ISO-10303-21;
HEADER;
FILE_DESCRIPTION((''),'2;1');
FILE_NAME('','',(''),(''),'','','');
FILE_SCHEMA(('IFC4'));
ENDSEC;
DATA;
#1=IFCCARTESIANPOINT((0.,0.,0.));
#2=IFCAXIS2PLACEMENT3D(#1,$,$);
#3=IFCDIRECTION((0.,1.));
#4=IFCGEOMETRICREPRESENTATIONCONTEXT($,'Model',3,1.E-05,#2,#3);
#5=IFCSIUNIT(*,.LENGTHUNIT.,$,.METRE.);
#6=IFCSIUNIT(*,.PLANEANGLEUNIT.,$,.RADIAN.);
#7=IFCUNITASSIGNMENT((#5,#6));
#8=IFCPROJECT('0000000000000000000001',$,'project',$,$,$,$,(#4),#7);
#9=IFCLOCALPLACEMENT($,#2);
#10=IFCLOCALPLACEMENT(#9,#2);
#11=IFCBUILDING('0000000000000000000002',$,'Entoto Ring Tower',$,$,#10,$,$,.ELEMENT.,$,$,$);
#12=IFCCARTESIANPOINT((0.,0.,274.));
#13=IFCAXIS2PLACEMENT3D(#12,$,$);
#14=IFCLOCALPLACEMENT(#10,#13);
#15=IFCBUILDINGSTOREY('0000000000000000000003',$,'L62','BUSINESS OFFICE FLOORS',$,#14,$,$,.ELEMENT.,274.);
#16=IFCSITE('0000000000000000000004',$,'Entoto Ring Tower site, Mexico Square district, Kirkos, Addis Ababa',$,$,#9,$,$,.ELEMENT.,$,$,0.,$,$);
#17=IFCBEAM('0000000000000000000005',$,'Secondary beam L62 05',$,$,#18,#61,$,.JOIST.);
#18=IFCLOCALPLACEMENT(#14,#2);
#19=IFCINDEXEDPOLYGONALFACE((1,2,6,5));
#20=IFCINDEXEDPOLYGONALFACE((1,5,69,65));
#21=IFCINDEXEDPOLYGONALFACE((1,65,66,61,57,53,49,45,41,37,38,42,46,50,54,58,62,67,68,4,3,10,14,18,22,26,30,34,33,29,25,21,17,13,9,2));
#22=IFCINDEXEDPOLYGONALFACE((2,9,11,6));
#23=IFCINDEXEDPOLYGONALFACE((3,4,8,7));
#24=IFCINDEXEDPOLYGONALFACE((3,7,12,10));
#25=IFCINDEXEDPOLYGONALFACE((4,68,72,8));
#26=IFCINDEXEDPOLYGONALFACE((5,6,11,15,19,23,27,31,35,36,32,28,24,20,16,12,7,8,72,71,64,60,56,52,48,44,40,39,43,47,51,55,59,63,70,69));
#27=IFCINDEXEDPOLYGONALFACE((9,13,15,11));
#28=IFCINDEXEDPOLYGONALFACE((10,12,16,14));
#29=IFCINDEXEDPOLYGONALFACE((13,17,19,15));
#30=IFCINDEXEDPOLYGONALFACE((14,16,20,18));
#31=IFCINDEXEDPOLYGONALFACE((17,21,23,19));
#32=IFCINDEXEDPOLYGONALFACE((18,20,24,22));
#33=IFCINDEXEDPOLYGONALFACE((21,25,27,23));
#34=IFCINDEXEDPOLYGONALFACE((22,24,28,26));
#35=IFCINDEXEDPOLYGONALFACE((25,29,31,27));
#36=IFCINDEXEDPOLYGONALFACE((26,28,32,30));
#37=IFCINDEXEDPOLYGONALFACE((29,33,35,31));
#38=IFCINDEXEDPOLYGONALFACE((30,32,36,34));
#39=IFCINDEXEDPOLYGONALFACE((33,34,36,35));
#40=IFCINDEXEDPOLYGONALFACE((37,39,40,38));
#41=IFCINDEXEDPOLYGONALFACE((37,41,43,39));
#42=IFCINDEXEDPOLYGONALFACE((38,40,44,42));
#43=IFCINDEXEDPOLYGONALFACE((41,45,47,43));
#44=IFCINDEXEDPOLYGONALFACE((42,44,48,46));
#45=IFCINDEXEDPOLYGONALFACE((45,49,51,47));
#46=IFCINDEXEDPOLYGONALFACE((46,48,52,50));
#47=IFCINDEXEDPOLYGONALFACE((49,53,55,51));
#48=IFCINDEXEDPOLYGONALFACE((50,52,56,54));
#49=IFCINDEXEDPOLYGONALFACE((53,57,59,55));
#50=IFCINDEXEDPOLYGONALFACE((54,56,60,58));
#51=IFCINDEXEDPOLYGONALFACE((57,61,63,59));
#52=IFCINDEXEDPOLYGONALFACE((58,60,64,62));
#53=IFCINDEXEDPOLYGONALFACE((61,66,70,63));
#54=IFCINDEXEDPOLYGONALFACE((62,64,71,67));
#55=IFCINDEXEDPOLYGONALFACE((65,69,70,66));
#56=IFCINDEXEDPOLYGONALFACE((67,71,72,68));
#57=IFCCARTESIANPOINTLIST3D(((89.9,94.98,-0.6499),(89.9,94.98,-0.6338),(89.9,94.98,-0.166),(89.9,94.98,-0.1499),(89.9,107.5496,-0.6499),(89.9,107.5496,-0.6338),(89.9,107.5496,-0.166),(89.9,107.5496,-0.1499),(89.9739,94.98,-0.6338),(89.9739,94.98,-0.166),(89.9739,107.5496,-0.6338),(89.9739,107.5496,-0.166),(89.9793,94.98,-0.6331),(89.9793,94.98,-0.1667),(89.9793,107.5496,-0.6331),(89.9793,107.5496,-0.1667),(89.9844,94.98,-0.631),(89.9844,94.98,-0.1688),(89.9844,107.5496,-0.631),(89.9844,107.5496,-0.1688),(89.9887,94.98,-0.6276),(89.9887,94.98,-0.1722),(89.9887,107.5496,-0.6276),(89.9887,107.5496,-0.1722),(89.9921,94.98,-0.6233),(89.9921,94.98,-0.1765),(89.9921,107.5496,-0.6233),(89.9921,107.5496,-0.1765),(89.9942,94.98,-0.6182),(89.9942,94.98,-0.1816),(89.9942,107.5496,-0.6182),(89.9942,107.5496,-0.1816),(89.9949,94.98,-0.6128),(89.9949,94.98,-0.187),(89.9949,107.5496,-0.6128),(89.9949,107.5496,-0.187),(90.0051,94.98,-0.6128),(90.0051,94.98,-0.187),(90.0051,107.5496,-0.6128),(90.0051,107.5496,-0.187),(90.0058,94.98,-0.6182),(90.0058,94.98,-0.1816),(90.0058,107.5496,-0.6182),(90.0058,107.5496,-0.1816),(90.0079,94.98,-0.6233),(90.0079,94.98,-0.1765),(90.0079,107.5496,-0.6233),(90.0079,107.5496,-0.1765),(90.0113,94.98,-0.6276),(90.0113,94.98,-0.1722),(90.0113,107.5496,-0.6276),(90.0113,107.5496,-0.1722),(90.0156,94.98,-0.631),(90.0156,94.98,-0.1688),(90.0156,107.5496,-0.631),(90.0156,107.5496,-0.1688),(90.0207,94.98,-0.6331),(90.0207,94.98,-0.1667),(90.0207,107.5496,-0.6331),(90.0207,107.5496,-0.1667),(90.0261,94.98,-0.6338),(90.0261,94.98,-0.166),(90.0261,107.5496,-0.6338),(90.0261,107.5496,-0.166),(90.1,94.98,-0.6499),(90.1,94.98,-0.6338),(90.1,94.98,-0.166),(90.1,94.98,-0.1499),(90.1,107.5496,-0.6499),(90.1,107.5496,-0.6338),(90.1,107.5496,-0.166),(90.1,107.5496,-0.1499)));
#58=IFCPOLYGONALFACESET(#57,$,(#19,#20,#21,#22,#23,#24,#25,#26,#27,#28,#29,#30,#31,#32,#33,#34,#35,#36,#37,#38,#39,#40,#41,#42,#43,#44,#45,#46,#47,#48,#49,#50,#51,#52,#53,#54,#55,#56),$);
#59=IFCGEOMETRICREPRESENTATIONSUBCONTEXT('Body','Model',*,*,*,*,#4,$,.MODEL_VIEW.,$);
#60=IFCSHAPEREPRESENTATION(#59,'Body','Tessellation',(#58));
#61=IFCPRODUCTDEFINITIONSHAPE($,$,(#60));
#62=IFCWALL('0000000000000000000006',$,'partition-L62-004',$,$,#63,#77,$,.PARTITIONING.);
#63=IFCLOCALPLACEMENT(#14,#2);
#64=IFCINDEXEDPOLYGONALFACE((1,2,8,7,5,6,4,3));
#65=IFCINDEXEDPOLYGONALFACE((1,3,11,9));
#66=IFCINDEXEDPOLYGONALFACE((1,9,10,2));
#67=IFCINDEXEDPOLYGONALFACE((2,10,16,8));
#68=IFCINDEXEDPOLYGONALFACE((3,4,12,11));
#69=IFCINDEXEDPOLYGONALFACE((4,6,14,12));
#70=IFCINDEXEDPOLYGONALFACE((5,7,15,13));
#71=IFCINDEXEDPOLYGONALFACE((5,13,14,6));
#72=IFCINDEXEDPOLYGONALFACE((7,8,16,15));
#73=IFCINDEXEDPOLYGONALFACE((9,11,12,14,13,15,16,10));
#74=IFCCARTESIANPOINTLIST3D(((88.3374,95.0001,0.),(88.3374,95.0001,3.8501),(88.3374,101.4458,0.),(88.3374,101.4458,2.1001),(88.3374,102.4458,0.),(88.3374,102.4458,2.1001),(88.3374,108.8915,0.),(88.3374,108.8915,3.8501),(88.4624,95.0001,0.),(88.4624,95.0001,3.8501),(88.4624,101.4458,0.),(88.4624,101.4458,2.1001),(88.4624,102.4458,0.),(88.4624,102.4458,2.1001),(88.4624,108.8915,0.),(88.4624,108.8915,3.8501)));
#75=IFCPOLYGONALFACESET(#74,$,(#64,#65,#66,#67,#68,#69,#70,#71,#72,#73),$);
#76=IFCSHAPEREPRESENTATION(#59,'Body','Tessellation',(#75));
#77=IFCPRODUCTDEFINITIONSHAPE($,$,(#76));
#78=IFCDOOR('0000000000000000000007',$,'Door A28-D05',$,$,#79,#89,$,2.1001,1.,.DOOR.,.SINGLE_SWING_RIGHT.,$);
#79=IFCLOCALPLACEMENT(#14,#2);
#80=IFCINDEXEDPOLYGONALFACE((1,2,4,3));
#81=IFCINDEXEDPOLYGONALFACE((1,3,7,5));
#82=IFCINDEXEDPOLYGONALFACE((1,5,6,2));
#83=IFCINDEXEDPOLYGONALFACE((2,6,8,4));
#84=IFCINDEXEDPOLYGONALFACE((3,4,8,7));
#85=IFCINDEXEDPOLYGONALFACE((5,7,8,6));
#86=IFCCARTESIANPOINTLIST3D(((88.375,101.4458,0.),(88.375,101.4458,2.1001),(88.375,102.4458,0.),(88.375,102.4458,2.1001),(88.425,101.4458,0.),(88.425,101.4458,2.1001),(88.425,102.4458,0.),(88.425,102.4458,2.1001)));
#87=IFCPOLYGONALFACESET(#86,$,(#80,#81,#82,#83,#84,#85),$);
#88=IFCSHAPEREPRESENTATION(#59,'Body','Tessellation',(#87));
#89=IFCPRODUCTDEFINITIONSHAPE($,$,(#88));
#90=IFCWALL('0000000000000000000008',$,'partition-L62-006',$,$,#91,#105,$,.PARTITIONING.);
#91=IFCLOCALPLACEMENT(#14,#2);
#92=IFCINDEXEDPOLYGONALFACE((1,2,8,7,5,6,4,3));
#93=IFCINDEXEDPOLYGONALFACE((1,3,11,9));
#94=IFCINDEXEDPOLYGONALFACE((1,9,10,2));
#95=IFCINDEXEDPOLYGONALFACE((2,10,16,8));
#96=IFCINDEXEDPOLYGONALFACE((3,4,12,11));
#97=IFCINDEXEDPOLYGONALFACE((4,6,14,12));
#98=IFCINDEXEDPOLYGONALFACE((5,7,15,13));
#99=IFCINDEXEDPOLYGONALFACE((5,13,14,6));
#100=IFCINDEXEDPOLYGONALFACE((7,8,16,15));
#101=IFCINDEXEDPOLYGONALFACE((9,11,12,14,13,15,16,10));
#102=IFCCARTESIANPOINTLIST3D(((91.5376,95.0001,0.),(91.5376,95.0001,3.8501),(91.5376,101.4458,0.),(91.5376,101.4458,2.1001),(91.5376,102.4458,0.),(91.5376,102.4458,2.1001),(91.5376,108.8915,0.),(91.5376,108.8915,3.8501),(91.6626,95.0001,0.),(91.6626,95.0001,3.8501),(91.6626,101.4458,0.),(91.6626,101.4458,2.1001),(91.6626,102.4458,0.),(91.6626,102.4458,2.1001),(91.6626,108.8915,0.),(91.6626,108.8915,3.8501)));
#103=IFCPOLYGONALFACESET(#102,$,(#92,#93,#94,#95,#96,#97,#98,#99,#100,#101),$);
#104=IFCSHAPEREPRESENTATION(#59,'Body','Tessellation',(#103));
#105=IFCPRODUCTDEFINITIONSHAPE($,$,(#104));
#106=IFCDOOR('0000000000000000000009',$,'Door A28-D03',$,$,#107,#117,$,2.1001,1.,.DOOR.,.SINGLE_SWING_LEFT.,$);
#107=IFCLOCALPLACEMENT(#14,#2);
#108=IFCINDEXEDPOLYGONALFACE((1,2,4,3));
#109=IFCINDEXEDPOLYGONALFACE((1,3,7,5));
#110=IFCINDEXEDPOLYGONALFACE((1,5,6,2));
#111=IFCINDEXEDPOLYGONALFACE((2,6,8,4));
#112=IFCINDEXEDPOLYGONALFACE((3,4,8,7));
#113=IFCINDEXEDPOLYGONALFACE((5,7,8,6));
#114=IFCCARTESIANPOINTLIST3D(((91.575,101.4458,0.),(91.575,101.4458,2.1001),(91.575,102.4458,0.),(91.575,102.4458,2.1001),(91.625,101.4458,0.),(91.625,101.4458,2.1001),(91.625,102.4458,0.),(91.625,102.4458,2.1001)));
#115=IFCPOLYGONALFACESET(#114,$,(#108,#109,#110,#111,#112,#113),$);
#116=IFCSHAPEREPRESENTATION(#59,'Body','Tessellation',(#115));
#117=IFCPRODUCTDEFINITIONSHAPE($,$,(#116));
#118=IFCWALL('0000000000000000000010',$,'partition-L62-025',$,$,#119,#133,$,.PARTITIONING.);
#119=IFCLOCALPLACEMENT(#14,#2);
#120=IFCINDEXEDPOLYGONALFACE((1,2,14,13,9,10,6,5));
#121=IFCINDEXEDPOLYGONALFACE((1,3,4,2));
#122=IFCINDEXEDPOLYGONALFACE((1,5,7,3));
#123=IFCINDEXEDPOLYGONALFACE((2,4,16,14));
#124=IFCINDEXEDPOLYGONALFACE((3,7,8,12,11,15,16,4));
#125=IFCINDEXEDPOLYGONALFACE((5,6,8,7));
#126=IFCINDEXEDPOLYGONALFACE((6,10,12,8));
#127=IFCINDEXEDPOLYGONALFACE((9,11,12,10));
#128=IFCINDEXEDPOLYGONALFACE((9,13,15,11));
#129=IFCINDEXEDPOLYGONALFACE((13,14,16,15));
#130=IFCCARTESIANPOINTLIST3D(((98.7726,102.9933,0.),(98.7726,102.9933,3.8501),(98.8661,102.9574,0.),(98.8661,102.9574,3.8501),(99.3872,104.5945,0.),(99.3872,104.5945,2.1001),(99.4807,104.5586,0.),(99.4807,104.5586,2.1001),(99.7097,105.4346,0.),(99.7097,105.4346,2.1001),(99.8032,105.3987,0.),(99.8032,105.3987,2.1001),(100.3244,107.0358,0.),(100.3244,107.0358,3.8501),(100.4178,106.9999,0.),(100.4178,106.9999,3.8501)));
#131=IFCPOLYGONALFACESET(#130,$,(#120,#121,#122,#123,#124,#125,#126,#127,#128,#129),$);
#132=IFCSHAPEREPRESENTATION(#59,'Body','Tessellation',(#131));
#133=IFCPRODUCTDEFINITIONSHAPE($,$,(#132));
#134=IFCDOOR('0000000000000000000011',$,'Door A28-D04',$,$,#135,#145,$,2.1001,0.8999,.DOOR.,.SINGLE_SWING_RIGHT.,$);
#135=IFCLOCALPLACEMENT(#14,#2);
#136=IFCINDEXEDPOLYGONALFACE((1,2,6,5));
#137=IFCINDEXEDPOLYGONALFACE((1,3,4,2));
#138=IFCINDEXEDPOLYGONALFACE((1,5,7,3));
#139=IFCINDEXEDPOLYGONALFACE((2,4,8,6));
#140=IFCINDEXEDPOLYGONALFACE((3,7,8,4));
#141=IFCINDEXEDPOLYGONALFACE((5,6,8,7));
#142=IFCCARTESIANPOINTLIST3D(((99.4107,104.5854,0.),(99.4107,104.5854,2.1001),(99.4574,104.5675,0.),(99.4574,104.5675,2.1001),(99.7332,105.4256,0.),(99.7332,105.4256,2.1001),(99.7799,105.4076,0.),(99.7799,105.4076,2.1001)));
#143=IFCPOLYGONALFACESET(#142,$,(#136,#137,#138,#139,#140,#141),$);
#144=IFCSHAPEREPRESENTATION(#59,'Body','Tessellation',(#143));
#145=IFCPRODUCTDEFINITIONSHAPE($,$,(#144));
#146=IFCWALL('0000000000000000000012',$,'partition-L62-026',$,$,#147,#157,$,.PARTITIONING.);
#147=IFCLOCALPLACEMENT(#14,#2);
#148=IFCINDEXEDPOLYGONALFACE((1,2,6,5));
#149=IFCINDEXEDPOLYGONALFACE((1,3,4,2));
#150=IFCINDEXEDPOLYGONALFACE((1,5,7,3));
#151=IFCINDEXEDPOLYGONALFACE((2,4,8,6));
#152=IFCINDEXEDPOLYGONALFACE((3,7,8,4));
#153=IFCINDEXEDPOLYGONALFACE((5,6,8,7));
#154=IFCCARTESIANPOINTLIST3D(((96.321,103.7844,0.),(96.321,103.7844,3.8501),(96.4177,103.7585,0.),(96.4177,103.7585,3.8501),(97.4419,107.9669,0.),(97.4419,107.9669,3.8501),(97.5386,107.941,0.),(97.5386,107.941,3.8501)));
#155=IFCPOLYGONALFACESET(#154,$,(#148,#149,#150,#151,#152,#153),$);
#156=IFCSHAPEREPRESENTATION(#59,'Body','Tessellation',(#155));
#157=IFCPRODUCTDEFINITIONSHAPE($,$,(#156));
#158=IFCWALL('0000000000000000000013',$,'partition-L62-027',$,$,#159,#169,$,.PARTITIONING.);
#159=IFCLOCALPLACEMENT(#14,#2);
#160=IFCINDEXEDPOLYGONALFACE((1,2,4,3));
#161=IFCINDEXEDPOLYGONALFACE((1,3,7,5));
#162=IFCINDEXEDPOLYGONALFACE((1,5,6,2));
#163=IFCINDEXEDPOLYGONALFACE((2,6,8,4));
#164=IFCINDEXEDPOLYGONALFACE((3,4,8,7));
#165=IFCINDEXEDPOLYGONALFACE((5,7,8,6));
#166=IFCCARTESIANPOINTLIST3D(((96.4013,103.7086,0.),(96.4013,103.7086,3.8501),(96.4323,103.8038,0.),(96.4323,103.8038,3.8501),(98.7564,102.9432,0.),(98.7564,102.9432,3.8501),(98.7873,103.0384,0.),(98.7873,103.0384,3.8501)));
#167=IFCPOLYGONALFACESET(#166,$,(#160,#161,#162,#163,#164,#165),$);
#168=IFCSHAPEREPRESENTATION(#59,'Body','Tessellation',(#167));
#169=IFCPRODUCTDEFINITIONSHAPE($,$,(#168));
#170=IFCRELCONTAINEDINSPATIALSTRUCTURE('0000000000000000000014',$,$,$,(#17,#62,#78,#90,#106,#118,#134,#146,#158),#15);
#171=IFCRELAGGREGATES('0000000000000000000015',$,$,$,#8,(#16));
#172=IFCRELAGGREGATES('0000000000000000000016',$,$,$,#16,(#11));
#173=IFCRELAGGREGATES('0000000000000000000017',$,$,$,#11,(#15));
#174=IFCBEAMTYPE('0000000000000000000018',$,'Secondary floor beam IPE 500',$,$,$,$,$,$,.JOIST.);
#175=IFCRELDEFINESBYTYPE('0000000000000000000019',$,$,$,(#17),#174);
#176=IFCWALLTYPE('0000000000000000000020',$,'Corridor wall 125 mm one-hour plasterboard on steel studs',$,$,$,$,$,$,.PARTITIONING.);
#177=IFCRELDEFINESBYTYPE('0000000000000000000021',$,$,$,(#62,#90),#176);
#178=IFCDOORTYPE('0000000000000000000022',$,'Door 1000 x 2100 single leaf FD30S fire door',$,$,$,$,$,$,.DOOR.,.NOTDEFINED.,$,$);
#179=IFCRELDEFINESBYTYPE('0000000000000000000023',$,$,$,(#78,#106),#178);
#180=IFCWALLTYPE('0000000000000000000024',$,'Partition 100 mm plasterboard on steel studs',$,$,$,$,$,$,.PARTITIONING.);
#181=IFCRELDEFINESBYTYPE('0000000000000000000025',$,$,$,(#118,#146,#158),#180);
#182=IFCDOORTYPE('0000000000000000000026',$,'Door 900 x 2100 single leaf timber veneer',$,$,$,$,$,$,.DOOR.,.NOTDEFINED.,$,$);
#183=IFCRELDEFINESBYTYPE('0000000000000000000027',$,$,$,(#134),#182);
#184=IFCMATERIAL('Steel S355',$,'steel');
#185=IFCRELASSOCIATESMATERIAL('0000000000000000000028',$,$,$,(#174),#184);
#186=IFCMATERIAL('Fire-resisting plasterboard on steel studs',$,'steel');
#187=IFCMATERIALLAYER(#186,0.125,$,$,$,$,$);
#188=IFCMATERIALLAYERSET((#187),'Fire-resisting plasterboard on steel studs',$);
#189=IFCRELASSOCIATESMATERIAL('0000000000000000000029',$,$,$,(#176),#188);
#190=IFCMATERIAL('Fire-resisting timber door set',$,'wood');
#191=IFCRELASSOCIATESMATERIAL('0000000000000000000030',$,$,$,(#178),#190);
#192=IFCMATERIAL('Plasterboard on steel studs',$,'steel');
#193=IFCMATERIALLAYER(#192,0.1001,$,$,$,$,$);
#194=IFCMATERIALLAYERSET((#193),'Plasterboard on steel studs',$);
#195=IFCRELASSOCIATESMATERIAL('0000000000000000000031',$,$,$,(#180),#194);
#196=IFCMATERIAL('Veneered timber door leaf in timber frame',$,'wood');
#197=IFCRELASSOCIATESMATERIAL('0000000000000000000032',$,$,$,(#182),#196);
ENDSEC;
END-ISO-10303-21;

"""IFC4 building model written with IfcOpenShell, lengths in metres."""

from ifc_helpers import new_model, si_unit, direction, frame, frame_2d, origin, origin_2d, place, context, subcontext, project, spatial, rectangle, i_section, extrude, material, layer, layer_set, material_profile, profile_set, type_object, element, fill, save


model = new_model("IFC4")

# Units and contexts
model_context = context("Model", 3, precision=1e-05, world=origin(), true_north=direction((0.0, 1.0)))
body_context = subcontext(model_context, "Body", "Model", "MODEL_VIEW")
ifc_project = project(units=[si_unit("LENGTHUNIT", "METRE"), si_unit("PLANEANGLEUNIT", "RADIAN")], contexts=[model_context])

# Site, building, storey
site_placement = place(None, origin())
site = spatial("IfcSite", under=ifc_project, at=site_placement, Name="Entoto Ring Tower site, Mexico Square district, Kirkos, Addis Ababa", CompositionType="ELEMENT", RefElevation=0.0)
building_placement = place(site_placement, origin())
building = spatial("IfcBuilding", under=site, at=building_placement, Name="Entoto Ring Tower", CompositionType="ELEMENT")
storey_placement = place(building_placement, frame((0.0, 0.0, 274.0)))
storey = spatial("IfcBuildingStorey", under=building, at=storey_placement, Name="L62", Description="BUSINESS OFFICE FLOORS", CompositionType="ELEMENT", Elevation=274.0)

# Beam
ifc_material_1 = material(Name="Steel S355", Category="steel")
ifc_material_profile_1 = material_profile(ifc_material_1, i_section(OverallWidth=0.2, OverallDepth=0.5, WebThickness=0.0103, FlangeThickness=0.0161, FilletRadius=0.021, at=origin_2d()), Name="IPE 500")
ifc_profile_set_1 = profile_set([ifc_material_profile_1], Name="Steel S355")
beam_type_1 = type_object("IfcBeamType", Name="Secondary floor beam IPE 500", PredefinedType="JOIST", material=ifc_profile_set_1)
beam_1_placement = place(storey_placement, frame((90.0, 94.98, -0.3999), z_axis=(0.0, 1.0, 0.0), x_axis=(-1.0, 0.0, 0.0)))
element("IfcBeam", 1, at=beam_1_placement, inside=storey, type_object=beam_type_1, Name="Secondary beam L62 05", PredefinedType="JOIST", context=body_context, shape_type="SweptSolid", body=[
    extrude(i_section(OverallWidth=0.2, OverallDepth=0.5, WebThickness=0.0103, FlangeThickness=0.0161, FilletRadius=0.021, at=origin_2d()), origin(), (0.0, 0.0, 1.0), 12.5696),
])

# Walls, openings, doors
ifc_material_2 = material(Name="Fire-resisting plasterboard on steel studs", Category="steel")
ifc_layer_1 = layer(ifc_material_2, 0.125)
ifc_layer_set_1 = layer_set([ifc_layer_1], Name="Fire-resisting plasterboard on steel studs")
wall_type_1 = type_object("IfcWallType", Name="Corridor wall 125 mm one-hour plasterboard on steel studs", PredefinedType="PARTITIONING", material=ifc_layer_set_1)
wall_1_placement = place(storey_placement, frame((88.3999, 95.0, 0.0), z_axis=(0.0, 0.0, 1.0), x_axis=(0.0, 1.0, 0.0)))
wall_1 = element("IfcWall", 2, at=wall_1_placement, inside=storey, type_object=wall_type_1, Name="partition-L62-004", PredefinedType="PARTITIONING", context=body_context, shape_type="SweptSolid", body=[
    extrude(rectangle(XDim=13.8914, YDim=0.125, at=frame_2d((6.9458, 0.0))), origin(), (0.0, 0.0, 1.0), 3.8501),
])
opening_1_placement = place(wall_1_placement, frame((6.4458, 0.0, 0.0)))
opening_1 = element("IfcOpeningElement", 3, at=opening_1_placement, cuts=wall_1, PredefinedType="OPENING", context=body_context, shape_type="SweptSolid", body=[
    extrude(rectangle(XDim=1.0, YDim=2.1001, at=frame_2d((0.5, 1.05))), frame((0.0, 0.0725, 0.0), z_axis=(0.0, -1.0, 0.0), x_axis=(1.0, 0.0, 0.0)), (0.0, 0.0, 1.0), 0.145),
])
ifc_material_3 = material(Name="Fire-resisting timber door set", Category="wood")
door_type_1 = type_object("IfcDoorType", Name="Door 1000 x 2100 single leaf FD30S fire door", OperationType="NOTDEFINED", PredefinedType="DOOR", material=ifc_material_3)
door_1_placement = place(opening_1_placement, origin())
door_1 = element("IfcDoor", 4, at=door_1_placement, inside=storey, type_object=door_type_1, Name="Door A28-D05", OperationType="SINGLE_SWING_RIGHT", OverallHeight=2.1001, OverallWidth=1.0, PredefinedType="DOOR", context=body_context, shape_type="SweptSolid", body=[
    extrude(rectangle(XDim=1.0, YDim=2.1001, at=frame_2d((0.5, 1.05))), frame((0.0, 0.0249, 0.0), z_axis=(0.0, -1.0, 0.0), x_axis=(1.0, 0.0, 0.0)), (0.0, 0.0, 1.0), 0.05),
])
fill(opening_1, door_1)
wall_2_placement = place(storey_placement, frame((91.6001, 95.0, 0.0), z_axis=(0.0, 0.0, 1.0), x_axis=(0.0, 1.0, 0.0)))
wall_2 = element("IfcWall", 5, at=wall_2_placement, inside=storey, type_object=wall_type_1, Name="partition-L62-006", PredefinedType="PARTITIONING", context=body_context, shape_type="SweptSolid", body=[
    extrude(rectangle(XDim=13.8914, YDim=0.125, at=frame_2d((6.9458, 0.0))), origin(), (0.0, 0.0, 1.0), 3.8501),
])
opening_2_placement = place(wall_2_placement, frame((6.4458, 0.0, 0.0)))
opening_2 = element("IfcOpeningElement", 6, at=opening_2_placement, cuts=wall_2, PredefinedType="OPENING", context=body_context, shape_type="SweptSolid", body=[
    extrude(rectangle(XDim=1.0, YDim=2.1001, at=frame_2d((0.5, 1.05))), frame((0.0, 0.0725, 0.0), z_axis=(0.0, -1.0, 0.0), x_axis=(1.0, 0.0, 0.0)), (0.0, 0.0, 1.0), 0.145),
])
door_2_placement = place(opening_2_placement, frame((1.0, 0.0, 0.0), z_axis=(0.0, 0.0, 1.0), x_axis=(-1.0, 0.0, 0.0)))
door_2 = element("IfcDoor", 7, at=door_2_placement, inside=storey, type_object=door_type_1, Name="Door A28-D03", OperationType="SINGLE_SWING_LEFT", OverallHeight=2.1001, OverallWidth=1.0, PredefinedType="DOOR", context=body_context, shape_type="SweptSolid", body=[
    extrude(rectangle(XDim=1.0, YDim=2.1001, at=frame_2d((0.5, 1.05))), frame((0.0, 0.0249, 0.0), z_axis=(0.0, -1.0, 0.0), x_axis=(1.0, 0.0, 0.0)), (0.0, 0.0, 1.0), 0.05),
])
fill(opening_2, door_2)
ifc_material_4 = material(Name="Plasterboard on steel studs", Category="steel")
ifc_layer_2 = layer(ifc_material_4, 0.1001)
ifc_layer_set_2 = layer_set([ifc_layer_2], Name="Plasterboard on steel studs")
wall_type_2 = type_object("IfcWallType", Name="Partition 100 mm plasterboard on steel studs", PredefinedType="PARTITIONING", material=ifc_layer_set_2)
wall_3_placement = place(storey_placement, frame((98.8193, 102.9753, 0.0), z_axis=(0.0, 0.0, 1.0), x_axis=(0.358367, 0.933581, 0.0)))
wall_3 = element("IfcWall", 8, at=wall_3_placement, inside=storey, type_object=wall_type_2, Name="partition-L62-025", PredefinedType="PARTITIONING", context=body_context, shape_type="SweptSolid", body=[
    extrude(rectangle(XDim=4.3301, YDim=0.1001, at=frame_2d((2.165, 0.0))), origin(), (0.0, 0.0, 1.0), 3.8501),
])
opening_3_placement = place(wall_3_placement, frame((1.7151, 0.0, 0.0)))
opening_3 = element("IfcOpeningElement", 9, at=opening_3_placement, cuts=wall_3, PredefinedType="OPENING", context=body_context, shape_type="SweptSolid", body=[
    extrude(rectangle(XDim=0.8999, YDim=2.1001, at=frame_2d((0.45, 1.05))), frame((0.0, 0.0601, 0.0), z_axis=(0.0, -1.0, 0.0), x_axis=(1.0, 0.0, 0.0)), (0.0, 0.0, 1.0), 0.1201),
])
ifc_material_5 = material(Name="Veneered timber door leaf in timber frame", Category="wood")
door_type_2 = type_object("IfcDoorType", Name="Door 900 x 2100 single leaf timber veneer", OperationType="NOTDEFINED", PredefinedType="DOOR", material=ifc_material_5)
door_3_placement = place(opening_3_placement, origin())
door_3 = element("IfcDoor", 10, at=door_3_placement, inside=storey, type_object=door_type_2, Name="Door A28-D04", OperationType="SINGLE_SWING_RIGHT", OverallHeight=2.1001, OverallWidth=0.8999, PredefinedType="DOOR", context=body_context, shape_type="SweptSolid", body=[
    extrude(rectangle(XDim=0.8999, YDim=2.1001, at=frame_2d((0.45, 1.05))), frame((0.0, 0.0249, 0.0), z_axis=(0.0, -1.0, 0.0), x_axis=(1.0, 0.0, 0.0)), (0.0, 0.0, 1.0), 0.05),
])
fill(opening_3, door_3)

# Walls
wall_4_placement = place(storey_placement, frame((96.3694, 103.7715, 0.0), z_axis=(0.0, 0.0, 1.0), x_axis=(0.258859, 0.965915, 0.0)))
element("IfcWall", 11, at=wall_4_placement, inside=storey, type_object=wall_type_2, Name="partition-L62-026", PredefinedType="PARTITIONING", context=body_context, shape_type="SweptSolid", body=[
    extrude(rectangle(XDim=4.3301, YDim=0.1001, at=frame_2d((2.165, 0.0))), origin(), (0.0, 0.0, 1.0), 3.8501),
])
wall_5_placement = place(storey_placement, frame((98.772, 102.9907, 0.0), z_axis=(0.0, 0.0, 1.0), x_axis=(-0.951033, 0.309091, 0.0)))
element("IfcWall", 12, at=wall_5_placement, inside=storey, type_object=wall_type_2, Name="partition-L62-027", PredefinedType="PARTITIONING", context=body_context, shape_type="SweptSolid", body=[
    extrude(rectangle(XDim=2.4763, YDim=0.1001, at=frame_2d((1.2383, 0.0))), origin(), (0.0, 0.0, 1.0), 3.8501),
])

save(model, "model.ifc")
